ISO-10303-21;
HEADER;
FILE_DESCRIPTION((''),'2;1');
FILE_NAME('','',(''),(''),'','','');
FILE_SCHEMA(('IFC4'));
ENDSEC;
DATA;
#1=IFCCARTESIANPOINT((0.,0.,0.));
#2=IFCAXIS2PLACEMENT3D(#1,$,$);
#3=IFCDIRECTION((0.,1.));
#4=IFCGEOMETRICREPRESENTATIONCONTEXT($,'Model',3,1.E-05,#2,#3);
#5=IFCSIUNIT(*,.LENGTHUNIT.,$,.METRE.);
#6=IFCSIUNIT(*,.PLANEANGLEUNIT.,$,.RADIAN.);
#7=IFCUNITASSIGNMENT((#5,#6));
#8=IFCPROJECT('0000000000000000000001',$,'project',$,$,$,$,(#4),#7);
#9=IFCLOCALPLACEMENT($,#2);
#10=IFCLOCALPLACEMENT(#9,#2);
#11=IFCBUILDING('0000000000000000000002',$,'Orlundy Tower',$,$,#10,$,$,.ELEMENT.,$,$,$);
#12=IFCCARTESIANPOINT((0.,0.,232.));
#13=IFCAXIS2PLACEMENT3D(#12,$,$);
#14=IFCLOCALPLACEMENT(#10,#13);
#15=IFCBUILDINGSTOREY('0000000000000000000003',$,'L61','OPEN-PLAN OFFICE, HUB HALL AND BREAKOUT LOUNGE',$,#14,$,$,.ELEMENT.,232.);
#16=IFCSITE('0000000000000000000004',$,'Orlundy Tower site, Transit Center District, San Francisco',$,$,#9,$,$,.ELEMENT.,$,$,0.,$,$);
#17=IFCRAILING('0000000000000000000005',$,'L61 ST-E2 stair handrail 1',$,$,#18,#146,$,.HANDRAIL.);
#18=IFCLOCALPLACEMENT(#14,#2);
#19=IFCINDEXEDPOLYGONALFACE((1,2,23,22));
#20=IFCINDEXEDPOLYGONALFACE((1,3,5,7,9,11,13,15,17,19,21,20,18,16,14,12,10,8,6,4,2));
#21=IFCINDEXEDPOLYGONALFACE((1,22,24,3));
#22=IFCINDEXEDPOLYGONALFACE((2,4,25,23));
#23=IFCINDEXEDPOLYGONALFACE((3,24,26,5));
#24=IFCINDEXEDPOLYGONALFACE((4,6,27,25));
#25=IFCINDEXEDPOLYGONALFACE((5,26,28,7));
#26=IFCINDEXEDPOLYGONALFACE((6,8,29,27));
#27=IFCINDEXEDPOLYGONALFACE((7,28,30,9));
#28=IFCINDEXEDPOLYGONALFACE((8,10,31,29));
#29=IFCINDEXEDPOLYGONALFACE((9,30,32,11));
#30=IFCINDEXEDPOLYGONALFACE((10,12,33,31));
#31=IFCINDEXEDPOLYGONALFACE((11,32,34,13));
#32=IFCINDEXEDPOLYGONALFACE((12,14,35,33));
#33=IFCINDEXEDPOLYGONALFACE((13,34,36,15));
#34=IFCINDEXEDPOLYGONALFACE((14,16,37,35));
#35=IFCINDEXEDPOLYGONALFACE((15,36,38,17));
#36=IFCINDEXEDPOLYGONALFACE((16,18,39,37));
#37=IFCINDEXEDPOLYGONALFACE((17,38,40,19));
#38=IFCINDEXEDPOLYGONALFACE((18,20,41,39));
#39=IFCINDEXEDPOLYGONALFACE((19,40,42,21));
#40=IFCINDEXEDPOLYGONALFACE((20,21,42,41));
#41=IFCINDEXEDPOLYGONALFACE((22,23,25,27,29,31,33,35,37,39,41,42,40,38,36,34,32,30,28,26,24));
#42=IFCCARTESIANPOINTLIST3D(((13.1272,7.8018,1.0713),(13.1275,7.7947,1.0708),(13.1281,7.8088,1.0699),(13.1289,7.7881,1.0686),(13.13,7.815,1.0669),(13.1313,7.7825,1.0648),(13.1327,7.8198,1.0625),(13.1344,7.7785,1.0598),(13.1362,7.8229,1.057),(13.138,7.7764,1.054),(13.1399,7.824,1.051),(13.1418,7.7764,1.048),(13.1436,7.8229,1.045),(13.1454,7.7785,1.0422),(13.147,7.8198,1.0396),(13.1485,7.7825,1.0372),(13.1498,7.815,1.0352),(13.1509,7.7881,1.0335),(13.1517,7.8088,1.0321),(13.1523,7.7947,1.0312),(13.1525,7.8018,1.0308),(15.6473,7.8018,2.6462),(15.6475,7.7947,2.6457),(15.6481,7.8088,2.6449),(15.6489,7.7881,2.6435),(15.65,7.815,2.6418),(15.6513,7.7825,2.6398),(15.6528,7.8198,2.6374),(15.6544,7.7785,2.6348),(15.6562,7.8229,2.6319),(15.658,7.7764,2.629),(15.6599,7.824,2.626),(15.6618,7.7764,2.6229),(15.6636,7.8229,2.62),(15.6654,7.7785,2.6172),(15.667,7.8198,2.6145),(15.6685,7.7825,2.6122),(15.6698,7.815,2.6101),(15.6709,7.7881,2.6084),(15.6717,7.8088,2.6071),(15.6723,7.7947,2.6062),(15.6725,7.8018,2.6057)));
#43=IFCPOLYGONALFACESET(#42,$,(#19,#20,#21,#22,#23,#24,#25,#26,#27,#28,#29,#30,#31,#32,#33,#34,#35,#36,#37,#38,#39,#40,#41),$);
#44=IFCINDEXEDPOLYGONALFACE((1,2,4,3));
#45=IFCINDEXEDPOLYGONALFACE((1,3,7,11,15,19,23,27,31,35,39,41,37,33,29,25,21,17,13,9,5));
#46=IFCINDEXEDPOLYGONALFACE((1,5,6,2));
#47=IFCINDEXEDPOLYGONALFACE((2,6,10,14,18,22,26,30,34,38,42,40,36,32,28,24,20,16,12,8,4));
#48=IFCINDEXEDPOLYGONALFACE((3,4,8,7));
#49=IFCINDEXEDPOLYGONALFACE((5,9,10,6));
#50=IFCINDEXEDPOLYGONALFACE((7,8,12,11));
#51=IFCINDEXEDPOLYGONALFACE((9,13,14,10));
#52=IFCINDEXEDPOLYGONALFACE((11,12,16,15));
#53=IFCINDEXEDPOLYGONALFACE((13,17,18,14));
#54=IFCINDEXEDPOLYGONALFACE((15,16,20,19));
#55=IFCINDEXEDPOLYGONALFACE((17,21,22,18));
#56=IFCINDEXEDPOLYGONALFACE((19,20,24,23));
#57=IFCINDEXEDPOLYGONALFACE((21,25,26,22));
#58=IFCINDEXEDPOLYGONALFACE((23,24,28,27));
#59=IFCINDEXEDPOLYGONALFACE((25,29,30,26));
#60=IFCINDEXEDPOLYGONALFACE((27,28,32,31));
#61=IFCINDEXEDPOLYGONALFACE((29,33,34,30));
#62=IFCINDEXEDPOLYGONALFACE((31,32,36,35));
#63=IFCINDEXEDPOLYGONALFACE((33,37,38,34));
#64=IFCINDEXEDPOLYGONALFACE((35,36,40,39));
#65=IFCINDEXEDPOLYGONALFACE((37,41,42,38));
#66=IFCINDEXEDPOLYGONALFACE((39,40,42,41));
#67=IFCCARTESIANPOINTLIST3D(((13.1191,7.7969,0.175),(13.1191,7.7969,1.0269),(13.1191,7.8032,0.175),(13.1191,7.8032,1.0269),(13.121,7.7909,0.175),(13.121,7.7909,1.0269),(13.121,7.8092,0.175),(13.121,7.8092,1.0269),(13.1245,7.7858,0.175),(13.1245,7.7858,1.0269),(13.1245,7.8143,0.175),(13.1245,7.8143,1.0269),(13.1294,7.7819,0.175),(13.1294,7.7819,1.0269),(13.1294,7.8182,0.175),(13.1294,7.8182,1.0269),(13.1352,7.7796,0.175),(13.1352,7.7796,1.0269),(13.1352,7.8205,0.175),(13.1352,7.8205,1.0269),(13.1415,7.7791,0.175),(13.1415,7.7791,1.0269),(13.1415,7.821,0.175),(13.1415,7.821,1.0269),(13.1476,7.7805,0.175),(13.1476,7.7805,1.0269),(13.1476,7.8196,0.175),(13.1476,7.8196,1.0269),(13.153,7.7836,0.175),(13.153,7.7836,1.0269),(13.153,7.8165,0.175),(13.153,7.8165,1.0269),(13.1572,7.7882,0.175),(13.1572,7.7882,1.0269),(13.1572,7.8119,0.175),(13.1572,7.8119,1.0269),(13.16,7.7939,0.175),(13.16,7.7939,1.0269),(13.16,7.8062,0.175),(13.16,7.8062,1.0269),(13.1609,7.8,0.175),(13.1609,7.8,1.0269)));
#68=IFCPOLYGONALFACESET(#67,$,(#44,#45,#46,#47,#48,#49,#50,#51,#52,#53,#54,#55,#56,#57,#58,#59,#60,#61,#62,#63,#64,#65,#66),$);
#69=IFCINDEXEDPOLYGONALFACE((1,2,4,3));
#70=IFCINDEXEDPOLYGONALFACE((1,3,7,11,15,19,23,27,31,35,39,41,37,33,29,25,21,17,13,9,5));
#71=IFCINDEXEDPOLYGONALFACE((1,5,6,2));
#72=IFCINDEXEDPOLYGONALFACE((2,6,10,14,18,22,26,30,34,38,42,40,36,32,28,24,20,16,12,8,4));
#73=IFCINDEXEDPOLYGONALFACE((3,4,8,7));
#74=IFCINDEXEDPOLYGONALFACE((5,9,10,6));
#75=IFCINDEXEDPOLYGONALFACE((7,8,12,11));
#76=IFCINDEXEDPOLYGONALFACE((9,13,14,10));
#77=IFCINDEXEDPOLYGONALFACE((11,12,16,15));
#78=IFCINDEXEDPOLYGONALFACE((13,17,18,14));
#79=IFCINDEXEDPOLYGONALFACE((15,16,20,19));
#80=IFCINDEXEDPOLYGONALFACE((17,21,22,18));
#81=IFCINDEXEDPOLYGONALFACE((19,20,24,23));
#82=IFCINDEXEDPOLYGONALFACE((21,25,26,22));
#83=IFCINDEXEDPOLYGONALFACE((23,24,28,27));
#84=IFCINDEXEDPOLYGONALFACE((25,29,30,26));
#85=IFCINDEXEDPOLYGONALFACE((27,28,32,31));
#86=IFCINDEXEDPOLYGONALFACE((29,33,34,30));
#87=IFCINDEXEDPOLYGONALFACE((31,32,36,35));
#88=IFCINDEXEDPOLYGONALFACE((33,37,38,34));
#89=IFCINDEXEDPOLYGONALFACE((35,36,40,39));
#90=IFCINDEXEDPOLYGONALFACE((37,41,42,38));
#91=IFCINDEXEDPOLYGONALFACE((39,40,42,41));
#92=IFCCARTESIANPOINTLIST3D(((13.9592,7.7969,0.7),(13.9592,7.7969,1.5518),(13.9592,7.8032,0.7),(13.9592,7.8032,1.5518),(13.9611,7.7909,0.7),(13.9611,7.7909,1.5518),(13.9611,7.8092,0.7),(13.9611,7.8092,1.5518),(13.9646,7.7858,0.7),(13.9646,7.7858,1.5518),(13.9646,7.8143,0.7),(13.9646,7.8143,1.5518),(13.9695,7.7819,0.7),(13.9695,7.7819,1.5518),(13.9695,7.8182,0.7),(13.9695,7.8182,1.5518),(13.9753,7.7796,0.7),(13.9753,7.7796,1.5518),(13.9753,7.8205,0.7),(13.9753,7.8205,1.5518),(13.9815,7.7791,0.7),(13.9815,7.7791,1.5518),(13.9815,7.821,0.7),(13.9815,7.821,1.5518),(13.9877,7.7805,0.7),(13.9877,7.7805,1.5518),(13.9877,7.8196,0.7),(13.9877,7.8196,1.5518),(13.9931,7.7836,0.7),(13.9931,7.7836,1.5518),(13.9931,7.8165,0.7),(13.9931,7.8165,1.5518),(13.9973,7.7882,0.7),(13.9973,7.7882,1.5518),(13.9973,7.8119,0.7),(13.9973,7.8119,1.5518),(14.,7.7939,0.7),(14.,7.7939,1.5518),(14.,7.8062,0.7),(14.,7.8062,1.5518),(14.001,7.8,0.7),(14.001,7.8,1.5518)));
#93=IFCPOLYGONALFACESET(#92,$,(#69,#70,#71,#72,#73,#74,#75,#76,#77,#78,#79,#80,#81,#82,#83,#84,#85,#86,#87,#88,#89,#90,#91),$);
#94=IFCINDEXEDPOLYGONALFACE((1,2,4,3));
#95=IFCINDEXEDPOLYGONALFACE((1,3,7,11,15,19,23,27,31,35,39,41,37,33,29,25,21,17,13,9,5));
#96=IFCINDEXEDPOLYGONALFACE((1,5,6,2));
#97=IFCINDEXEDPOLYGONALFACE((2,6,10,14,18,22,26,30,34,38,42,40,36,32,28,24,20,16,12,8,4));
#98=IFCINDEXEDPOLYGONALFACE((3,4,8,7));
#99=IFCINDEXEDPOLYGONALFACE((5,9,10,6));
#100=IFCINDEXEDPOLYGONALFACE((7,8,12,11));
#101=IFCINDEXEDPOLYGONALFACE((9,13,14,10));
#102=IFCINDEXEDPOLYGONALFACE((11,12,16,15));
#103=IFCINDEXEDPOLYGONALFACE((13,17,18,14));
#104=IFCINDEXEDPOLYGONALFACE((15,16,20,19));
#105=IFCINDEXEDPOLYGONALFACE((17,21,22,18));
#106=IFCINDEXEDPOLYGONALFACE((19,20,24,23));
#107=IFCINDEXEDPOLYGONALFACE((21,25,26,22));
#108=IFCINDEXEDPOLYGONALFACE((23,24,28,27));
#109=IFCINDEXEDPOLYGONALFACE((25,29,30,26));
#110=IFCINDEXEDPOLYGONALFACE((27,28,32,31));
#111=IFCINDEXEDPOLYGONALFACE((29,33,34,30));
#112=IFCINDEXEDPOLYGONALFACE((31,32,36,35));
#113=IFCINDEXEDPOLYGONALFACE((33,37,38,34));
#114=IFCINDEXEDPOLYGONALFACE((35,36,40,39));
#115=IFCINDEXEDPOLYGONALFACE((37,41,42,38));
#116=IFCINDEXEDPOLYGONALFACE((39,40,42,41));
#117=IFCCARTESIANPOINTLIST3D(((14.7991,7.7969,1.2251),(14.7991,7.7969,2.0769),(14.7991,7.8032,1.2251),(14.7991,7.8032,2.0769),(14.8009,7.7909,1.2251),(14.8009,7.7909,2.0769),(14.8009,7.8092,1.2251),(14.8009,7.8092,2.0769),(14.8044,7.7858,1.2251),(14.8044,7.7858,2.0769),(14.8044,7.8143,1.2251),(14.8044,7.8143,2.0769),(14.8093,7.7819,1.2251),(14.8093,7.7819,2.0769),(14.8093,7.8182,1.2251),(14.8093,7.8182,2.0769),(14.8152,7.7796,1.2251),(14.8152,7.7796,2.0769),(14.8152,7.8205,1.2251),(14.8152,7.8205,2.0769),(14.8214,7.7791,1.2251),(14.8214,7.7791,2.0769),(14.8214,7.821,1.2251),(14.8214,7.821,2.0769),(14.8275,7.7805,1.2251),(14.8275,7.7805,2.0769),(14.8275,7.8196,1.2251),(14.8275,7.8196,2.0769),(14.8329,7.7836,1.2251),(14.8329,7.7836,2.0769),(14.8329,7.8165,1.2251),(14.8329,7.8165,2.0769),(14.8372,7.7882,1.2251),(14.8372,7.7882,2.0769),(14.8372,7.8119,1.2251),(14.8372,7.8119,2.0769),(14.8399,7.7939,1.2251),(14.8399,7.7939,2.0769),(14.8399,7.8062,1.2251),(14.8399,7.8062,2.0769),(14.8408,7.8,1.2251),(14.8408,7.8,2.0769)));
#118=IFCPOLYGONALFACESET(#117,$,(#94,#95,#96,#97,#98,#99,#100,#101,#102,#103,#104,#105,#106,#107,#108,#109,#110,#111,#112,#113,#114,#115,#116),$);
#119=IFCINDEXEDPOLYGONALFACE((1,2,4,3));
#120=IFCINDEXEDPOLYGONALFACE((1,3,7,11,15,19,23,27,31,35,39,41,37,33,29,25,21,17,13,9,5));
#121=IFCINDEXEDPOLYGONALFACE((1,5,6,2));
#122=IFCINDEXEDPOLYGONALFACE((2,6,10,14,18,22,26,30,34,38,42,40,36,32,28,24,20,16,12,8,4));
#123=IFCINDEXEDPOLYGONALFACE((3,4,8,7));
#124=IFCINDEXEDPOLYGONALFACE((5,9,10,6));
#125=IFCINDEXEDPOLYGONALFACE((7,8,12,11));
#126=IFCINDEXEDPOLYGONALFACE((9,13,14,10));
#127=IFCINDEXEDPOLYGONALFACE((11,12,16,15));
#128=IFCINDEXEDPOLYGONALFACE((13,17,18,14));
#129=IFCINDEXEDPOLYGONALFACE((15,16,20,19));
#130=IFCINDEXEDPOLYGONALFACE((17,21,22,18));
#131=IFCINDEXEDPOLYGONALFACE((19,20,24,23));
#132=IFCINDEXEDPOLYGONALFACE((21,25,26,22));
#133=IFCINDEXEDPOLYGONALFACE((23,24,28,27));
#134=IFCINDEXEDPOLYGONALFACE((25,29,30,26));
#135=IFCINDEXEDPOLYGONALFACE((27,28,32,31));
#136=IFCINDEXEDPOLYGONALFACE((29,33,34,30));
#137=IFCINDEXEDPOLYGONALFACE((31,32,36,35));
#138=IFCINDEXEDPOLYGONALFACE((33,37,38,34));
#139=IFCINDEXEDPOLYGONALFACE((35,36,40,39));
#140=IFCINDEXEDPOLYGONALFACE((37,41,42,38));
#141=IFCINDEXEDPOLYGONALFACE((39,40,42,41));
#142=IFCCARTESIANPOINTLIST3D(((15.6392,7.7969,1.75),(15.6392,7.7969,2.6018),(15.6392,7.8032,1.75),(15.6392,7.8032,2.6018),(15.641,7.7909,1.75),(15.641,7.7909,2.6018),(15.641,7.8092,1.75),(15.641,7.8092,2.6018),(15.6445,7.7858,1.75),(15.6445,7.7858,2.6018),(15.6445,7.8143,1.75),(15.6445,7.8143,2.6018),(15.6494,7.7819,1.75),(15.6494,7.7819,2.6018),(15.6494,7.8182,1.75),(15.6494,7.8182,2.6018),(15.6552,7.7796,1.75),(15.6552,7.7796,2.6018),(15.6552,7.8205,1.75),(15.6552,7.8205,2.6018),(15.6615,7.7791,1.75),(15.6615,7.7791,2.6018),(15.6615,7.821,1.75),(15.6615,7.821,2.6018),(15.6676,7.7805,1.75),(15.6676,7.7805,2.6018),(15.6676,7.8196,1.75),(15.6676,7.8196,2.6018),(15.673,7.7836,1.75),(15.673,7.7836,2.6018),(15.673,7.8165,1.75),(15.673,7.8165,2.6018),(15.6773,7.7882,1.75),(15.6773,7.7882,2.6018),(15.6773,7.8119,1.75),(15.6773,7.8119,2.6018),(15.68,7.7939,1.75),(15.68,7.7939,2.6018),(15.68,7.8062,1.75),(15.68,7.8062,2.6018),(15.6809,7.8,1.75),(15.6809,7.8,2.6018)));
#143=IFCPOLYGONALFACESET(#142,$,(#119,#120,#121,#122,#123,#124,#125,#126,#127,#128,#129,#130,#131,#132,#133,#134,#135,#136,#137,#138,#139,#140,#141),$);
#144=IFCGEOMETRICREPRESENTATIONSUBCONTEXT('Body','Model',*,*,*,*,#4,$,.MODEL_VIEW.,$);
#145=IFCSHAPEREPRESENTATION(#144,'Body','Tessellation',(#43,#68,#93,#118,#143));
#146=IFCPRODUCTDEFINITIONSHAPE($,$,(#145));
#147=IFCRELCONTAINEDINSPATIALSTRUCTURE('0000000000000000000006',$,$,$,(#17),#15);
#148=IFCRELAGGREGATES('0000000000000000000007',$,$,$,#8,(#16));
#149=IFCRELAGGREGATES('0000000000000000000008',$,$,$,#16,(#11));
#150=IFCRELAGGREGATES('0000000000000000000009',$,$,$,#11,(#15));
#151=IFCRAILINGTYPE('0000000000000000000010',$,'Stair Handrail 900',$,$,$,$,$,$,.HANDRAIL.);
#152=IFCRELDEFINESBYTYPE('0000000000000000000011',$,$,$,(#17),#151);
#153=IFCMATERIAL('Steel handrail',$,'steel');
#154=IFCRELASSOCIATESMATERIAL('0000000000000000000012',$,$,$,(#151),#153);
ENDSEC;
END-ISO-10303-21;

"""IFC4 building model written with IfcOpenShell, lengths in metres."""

from ifc_helpers import new_model, si_unit, direction, frame, origin, origin_2d, place, context, subcontext, project, spatial, circle, extrude, material, type_object, element, save


model = new_model("IFC4")

# Units and contexts
model_context = context("Model", 3, precision=1e-05, world=origin(), true_north=direction((0.0, 1.0)))
body_context = subcontext(model_context, "Body", "Model", "MODEL_VIEW")
ifc_project = project(units=[si_unit("LENGTHUNIT", "METRE"), si_unit("PLANEANGLEUNIT", "RADIAN")], contexts=[model_context])

# Site, building, storey
site_placement = place(None, origin())
site = spatial("IfcSite", under=ifc_project, at=site_placement, Name="Orlundy Tower site, Transit Center District, San Francisco", CompositionType="ELEMENT", RefElevation=0.0)
building_placement = place(site_placement, origin())
building = spatial("IfcBuilding", under=site, at=building_placement, Name="Orlundy Tower", CompositionType="ELEMENT")
storey_placement = place(building_placement, frame((0.0, 0.0, 232.0)))
storey = spatial("IfcBuildingStorey", under=building, at=storey_placement, Name="L61", Description="OPEN-PLAN OFFICE, HUB HALL AND BREAKOUT LOUNGE", CompositionType="ELEMENT", Elevation=232.0)

# Railing
ifc_material_1 = material(Name="Steel handrail", Category="steel")
railing_type_1 = type_object("IfcRailingType", Name="Stair Handrail 900", PredefinedType="HANDRAIL", material=ifc_material_1)
railing_1_placement = place(storey_placement, frame((13.1399, 7.8, 0.175)))
element("IfcRailing", 1, at=railing_1_placement, inside=storey, type_object=railing_type_1, Name="L61 ST-E2 stair handrail 1", PredefinedType="HANDRAIL", context=body_context, shape_type="SweptSolid", body=[
    extrude(circle(Radius=0.0239, at=origin_2d()), frame((0.0, 0.0, 0.876), z_axis=(0.848008, 0.0, 0.529984), x_axis=(0.0, 1.0, 0.0)), (0.0, 0.0, 1.0), 2.9717),
    extrude(circle(Radius=0.021, at=origin_2d()), origin(), (0.0, 0.0, 1.0), 0.8518),
    extrude(circle(Radius=0.021, at=origin_2d()), frame((0.8401, 0.0, 0.5249)), (0.0, 0.0, 1.0), 0.8518),
    extrude(circle(Radius=0.021, at=origin_2d()), frame((1.6799, 0.0, 1.05)), (0.0, 0.0, 1.0), 0.8518),
    extrude(circle(Radius=0.021, at=origin_2d()), frame((2.52, 0.0, 1.575)), (0.0, 0.0, 1.0), 0.8518),
])

save(model, "model.ifc")
